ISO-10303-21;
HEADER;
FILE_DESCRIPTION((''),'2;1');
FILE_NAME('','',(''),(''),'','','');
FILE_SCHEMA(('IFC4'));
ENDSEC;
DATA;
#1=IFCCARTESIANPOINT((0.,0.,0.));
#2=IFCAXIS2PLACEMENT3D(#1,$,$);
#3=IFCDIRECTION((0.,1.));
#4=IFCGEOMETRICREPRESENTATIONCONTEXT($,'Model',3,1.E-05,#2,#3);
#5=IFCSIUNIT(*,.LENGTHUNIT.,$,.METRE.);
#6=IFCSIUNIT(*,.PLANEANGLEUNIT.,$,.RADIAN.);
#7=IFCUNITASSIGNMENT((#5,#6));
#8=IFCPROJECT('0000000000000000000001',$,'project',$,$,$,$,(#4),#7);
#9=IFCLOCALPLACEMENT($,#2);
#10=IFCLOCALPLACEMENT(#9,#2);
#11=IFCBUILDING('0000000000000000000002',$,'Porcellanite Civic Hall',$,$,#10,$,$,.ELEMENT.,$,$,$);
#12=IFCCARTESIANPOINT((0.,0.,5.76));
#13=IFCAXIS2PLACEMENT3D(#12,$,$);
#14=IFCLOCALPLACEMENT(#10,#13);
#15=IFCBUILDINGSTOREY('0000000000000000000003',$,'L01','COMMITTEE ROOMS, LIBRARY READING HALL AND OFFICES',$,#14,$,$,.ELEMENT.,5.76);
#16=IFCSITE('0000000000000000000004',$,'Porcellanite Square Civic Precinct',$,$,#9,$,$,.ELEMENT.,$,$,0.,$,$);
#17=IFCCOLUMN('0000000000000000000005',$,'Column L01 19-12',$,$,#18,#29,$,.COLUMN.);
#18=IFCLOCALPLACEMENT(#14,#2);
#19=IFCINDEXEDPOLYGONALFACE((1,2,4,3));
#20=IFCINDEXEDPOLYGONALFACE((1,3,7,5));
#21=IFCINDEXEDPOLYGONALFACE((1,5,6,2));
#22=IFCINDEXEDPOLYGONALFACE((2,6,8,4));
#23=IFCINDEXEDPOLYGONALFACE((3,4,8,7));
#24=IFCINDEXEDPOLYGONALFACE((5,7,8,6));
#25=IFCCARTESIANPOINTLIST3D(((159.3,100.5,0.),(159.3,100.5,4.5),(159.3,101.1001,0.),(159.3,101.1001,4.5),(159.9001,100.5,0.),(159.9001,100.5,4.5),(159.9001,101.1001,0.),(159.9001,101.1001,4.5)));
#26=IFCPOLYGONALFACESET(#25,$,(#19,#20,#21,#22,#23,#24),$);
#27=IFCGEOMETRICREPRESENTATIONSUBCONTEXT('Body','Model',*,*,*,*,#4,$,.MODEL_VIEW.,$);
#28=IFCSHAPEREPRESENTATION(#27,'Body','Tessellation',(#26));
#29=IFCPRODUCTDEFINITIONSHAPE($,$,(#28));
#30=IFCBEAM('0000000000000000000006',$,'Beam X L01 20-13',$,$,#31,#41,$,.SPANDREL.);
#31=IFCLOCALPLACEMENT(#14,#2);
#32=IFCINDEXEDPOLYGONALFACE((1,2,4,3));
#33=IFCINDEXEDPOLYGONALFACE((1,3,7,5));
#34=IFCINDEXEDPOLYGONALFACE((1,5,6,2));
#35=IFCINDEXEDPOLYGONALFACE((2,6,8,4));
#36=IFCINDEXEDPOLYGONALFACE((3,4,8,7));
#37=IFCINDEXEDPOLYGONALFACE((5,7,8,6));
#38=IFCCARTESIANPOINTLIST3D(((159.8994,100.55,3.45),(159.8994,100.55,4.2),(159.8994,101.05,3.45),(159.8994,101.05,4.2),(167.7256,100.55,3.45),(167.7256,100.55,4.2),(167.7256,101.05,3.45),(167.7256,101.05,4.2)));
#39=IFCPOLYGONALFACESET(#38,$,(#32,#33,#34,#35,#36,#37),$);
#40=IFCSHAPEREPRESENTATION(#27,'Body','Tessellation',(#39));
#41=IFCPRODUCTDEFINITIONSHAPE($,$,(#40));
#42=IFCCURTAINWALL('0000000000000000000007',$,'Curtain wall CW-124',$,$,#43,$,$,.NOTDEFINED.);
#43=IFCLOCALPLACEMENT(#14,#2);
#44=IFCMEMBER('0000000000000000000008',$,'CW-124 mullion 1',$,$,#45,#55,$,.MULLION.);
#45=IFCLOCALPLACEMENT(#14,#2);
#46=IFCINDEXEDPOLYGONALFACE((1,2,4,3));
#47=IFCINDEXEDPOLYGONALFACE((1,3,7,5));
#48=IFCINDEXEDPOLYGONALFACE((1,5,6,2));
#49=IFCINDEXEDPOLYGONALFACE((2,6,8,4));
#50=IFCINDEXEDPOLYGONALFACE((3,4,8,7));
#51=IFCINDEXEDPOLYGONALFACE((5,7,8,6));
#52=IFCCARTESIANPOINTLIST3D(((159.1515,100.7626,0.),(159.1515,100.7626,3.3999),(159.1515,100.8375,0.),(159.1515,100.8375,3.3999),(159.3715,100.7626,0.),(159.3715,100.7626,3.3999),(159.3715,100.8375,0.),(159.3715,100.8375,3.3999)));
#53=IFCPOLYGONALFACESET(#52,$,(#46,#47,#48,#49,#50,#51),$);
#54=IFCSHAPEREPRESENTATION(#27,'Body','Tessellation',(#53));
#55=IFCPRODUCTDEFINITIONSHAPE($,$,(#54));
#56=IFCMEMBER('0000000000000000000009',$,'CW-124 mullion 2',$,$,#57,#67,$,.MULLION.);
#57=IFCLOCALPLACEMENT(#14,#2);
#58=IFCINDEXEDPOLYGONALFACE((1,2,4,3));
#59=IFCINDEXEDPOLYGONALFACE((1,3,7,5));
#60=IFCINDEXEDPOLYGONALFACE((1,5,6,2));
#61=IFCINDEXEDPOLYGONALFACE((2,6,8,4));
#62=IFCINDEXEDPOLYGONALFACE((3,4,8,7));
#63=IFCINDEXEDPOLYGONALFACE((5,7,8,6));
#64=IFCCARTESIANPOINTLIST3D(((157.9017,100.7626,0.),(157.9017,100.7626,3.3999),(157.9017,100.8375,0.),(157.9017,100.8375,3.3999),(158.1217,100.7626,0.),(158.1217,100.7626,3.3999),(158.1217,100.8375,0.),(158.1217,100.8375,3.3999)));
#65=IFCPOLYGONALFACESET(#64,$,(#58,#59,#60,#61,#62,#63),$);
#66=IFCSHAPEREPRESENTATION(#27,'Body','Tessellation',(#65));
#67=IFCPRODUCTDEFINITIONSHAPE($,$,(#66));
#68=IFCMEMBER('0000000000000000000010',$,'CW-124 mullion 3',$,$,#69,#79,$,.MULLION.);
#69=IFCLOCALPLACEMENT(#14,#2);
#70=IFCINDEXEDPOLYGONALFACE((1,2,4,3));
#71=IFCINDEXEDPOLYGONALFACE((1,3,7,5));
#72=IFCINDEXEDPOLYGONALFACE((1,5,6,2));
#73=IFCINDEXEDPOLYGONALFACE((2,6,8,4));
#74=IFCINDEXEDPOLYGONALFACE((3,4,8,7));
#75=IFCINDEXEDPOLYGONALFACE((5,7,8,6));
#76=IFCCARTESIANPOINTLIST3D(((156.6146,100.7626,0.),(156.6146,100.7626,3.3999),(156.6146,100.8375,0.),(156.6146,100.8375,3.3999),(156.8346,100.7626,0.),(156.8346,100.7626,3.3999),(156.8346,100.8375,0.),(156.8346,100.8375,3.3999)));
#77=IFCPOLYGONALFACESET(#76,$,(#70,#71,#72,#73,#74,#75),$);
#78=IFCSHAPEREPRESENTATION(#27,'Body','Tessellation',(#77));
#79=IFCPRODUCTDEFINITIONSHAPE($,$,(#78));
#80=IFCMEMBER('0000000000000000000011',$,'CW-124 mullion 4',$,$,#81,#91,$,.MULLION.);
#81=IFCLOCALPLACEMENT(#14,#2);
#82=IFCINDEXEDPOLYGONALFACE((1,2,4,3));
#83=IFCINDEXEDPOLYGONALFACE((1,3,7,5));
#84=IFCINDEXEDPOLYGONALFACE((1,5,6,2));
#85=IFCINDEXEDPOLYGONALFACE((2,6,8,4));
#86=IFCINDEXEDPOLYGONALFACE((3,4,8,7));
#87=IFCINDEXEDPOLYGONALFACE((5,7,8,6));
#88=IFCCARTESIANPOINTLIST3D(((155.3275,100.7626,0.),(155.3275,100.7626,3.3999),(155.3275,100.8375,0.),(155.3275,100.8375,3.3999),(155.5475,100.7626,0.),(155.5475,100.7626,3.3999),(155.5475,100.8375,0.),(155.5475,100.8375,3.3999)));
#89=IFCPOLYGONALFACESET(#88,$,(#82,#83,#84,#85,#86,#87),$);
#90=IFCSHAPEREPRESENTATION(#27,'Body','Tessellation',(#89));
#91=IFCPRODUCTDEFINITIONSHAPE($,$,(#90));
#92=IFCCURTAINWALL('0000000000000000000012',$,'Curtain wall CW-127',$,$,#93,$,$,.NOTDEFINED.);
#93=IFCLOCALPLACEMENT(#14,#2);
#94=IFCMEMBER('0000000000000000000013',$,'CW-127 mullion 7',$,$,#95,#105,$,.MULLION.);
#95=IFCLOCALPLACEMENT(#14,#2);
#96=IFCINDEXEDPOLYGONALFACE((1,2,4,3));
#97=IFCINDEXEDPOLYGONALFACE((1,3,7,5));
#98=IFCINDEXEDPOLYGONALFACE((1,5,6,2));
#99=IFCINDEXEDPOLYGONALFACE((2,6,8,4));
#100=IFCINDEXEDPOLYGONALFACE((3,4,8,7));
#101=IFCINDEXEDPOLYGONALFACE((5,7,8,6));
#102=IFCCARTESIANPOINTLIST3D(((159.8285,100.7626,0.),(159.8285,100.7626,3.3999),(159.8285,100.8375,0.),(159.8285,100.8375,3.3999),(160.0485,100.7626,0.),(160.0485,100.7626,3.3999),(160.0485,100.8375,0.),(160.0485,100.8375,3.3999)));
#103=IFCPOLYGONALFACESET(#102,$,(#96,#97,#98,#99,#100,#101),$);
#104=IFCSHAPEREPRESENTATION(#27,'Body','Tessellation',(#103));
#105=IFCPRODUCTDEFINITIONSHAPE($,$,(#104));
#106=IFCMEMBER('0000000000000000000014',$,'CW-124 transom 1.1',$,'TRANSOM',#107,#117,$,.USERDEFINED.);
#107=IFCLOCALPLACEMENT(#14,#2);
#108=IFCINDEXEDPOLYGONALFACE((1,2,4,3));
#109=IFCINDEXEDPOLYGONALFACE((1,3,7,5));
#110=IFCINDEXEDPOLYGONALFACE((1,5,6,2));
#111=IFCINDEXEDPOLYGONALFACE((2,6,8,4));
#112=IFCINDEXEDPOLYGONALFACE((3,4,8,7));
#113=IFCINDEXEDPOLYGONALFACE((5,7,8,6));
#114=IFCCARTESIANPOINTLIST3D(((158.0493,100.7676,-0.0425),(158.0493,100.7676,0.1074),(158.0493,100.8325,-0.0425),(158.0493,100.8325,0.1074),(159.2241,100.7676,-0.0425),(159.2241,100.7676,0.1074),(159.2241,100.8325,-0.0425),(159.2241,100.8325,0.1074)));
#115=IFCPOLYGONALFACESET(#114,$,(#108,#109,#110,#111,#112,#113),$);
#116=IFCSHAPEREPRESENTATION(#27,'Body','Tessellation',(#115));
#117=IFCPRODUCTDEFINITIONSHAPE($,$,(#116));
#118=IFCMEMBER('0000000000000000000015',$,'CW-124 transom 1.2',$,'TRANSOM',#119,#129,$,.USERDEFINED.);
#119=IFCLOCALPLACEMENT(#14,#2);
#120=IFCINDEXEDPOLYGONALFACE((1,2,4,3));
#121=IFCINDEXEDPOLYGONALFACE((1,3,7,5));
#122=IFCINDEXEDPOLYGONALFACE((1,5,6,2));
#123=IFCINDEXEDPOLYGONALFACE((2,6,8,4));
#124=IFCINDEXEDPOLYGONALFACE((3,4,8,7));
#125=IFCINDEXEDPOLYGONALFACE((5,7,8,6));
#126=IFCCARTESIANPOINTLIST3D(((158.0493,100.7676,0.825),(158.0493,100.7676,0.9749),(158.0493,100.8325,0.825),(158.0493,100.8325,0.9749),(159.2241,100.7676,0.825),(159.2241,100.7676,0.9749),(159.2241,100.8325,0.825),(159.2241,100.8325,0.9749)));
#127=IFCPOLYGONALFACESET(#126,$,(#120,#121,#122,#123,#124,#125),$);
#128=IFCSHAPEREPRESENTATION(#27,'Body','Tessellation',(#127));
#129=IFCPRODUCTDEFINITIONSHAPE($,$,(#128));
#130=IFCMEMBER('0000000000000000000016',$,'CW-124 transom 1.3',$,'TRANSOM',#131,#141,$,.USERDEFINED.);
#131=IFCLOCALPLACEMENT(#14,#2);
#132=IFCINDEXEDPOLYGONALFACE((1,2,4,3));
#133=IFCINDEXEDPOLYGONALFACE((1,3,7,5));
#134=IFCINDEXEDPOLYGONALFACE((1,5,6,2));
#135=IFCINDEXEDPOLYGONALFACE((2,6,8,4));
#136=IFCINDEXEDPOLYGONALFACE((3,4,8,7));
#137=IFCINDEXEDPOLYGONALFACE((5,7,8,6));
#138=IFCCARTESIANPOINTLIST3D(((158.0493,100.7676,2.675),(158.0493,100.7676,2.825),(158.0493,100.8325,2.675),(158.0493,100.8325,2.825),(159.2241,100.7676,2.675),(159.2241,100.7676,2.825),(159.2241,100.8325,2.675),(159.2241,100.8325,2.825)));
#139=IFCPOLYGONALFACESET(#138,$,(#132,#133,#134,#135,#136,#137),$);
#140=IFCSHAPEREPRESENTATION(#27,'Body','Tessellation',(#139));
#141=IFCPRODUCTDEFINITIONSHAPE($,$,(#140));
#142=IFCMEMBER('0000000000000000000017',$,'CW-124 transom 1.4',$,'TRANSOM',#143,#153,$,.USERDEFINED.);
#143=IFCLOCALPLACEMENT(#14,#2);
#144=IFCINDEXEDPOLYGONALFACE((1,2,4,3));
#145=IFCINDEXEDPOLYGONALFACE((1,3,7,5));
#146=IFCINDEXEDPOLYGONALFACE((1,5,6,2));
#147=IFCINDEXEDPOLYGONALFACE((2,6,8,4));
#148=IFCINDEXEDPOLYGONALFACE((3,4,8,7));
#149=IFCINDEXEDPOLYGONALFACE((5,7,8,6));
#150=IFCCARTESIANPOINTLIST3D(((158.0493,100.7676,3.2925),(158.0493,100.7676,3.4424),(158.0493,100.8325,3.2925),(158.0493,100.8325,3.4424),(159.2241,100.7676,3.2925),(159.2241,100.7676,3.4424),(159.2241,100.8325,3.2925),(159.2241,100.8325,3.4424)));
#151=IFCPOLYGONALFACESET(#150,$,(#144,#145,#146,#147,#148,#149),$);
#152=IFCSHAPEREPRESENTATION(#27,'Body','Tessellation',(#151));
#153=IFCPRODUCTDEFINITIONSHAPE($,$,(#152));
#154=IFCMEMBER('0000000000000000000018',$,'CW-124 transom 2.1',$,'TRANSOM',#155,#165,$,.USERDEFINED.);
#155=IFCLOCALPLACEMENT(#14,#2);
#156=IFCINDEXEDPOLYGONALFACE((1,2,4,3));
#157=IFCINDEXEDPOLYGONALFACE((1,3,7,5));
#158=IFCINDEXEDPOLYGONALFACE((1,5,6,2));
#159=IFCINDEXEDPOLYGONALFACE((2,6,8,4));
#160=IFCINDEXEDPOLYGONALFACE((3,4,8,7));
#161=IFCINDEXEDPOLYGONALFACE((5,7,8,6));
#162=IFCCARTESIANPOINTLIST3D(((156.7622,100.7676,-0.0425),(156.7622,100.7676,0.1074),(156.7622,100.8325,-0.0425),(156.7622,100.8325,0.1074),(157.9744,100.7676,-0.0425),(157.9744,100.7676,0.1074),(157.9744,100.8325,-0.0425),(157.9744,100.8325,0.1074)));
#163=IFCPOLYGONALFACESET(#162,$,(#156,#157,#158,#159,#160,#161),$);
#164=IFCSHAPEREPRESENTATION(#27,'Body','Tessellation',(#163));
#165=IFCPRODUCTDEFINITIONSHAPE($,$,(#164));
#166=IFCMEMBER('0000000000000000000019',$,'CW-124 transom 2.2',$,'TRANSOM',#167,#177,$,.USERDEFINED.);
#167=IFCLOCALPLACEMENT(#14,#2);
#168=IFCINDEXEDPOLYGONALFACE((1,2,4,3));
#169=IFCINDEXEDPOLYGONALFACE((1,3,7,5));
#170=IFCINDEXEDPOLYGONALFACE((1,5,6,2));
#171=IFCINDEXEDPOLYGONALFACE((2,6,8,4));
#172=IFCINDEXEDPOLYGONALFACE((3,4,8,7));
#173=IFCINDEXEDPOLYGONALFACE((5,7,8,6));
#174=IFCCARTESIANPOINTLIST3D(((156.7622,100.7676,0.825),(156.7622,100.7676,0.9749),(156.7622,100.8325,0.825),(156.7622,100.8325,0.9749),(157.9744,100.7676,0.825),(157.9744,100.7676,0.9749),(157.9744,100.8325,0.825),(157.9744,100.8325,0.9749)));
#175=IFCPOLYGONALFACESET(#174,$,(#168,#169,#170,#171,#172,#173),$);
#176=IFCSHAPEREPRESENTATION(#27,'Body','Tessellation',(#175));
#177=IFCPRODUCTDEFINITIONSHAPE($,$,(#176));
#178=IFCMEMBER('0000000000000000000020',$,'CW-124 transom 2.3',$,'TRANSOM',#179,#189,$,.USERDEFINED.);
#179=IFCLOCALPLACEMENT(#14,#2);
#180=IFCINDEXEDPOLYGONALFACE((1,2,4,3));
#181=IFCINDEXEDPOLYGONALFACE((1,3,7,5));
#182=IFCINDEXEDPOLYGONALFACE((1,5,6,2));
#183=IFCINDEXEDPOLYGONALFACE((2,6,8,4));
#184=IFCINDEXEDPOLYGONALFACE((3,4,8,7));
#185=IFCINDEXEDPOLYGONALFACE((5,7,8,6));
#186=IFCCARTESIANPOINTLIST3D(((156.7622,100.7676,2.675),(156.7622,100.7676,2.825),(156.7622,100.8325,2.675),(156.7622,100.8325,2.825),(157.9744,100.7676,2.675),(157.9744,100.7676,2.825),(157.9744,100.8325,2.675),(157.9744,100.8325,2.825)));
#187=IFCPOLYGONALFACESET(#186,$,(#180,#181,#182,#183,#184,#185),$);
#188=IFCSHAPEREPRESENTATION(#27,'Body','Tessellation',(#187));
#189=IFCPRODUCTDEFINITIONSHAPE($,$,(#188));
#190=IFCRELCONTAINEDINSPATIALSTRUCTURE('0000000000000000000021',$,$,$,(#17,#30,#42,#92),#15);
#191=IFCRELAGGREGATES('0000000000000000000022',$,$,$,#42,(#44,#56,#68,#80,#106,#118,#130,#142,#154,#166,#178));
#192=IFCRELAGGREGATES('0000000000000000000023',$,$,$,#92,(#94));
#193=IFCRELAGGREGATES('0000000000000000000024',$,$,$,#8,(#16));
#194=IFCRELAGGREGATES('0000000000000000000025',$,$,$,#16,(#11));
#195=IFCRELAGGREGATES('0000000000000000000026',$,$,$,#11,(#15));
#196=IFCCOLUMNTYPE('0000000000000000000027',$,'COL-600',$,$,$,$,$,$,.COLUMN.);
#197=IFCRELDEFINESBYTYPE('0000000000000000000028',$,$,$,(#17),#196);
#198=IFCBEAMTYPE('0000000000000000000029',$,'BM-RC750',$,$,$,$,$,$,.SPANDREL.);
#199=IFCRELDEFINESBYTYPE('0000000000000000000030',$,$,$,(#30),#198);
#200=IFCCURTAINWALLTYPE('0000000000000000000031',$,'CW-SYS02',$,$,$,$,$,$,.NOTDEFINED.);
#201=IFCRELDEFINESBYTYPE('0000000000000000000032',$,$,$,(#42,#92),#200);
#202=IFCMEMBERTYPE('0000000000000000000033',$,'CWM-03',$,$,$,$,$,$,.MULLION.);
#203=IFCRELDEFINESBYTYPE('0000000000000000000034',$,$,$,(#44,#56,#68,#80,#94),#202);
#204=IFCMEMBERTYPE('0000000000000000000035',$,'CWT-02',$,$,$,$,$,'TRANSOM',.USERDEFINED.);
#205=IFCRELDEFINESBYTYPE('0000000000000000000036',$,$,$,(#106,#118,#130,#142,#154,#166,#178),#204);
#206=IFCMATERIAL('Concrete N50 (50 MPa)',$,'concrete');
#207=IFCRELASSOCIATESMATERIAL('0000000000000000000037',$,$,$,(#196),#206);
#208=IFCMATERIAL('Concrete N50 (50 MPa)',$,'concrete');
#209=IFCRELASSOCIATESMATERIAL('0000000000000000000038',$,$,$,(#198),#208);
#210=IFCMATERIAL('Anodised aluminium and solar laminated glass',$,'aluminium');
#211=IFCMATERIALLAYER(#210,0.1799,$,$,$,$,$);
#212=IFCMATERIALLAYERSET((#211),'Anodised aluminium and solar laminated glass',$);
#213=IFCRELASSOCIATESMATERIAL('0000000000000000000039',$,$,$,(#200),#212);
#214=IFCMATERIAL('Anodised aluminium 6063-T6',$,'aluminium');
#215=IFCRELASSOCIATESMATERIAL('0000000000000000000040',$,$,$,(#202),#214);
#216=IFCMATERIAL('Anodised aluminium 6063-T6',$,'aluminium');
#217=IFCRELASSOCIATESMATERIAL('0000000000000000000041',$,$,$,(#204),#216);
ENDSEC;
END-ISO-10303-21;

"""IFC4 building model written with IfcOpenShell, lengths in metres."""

from ifc_helpers import new_model, si_unit, direction, frame, origin, origin_2d, place, context, subcontext, project, spatial, rectangle, extrude, material, layer, layer_set, material_profile, profile_set, type_object, element, aggregate, save


model = new_model("IFC4")

# Units and contexts
model_context = context("Model", 3, precision=1e-05, world=origin(), true_north=direction((0.0, 1.0)))
body_context = subcontext(model_context, "Body", "Model", "MODEL_VIEW")
ifc_project = project(units=[si_unit("LENGTHUNIT", "METRE"), si_unit("PLANEANGLEUNIT", "RADIAN")], contexts=[model_context])

# Site, building, storey
site_placement = place(None, origin())
site = spatial("IfcSite", under=ifc_project, at=site_placement, Name="Porcellanite Square Civic Precinct", CompositionType="ELEMENT", RefElevation=0.0)
building_placement = place(site_placement, origin())
building = spatial("IfcBuilding", under=site, at=building_placement, Name="Porcellanite Civic Hall", CompositionType="ELEMENT")
storey_placement = place(building_placement, frame((0.0, 0.0, 5.76)))
storey = spatial("IfcBuildingStorey", under=building, at=storey_placement, Name="L01", Description="COMMITTEE ROOMS, LIBRARY READING HALL AND OFFICES", CompositionType="ELEMENT", Elevation=5.76)

# Column
ifc_material_1 = material(Name="Concrete N50 (50 MPa)", Category="concrete")
ifc_material_profile_1 = material_profile(ifc_material_1, rectangle(XDim=0.6001, YDim=0.6001, at=origin_2d()), Name="RC-600x600")
ifc_profile_set_1 = profile_set([ifc_material_profile_1], Name="Concrete N50 (50 MPa)")
column_type = type_object("IfcColumnType", Name="COL-600", PredefinedType="COLUMN", material=ifc_profile_set_1)
column_placement = place(storey_placement, frame((159.6001, 100.8, 0.0), z_axis=(0.0, 0.0, 1.0), x_axis=(1.0, 0.0, 0.0)))
element("IfcColumn", 1, at=column_placement, inside=storey, type_object=column_type, Name="Column L01 19-12", PredefinedType="COLUMN", context=body_context, shape_type="SweptSolid", body=[
    extrude(rectangle(XDim=0.6001, YDim=0.6001, at=origin_2d()), origin(), (0.0, 0.0, 1.0), 4.5),
])

# Beam
ifc_material_2 = material(Name="Concrete N50 (50 MPa)", Category="concrete")
ifc_material_profile_2 = material_profile(ifc_material_2, rectangle(XDim=0.5, YDim=0.75, at=origin_2d()), Name="RC-500x750")
ifc_profile_set_2 = profile_set([ifc_material_profile_2], Name="Concrete N50 (50 MPa)")
beam_type = type_object("IfcBeamType", Name="BM-RC750", PredefinedType="SPANDREL", material=ifc_profile_set_2)
beam_placement = place(storey_placement, frame((159.8994, 100.8, 3.825), z_axis=(1.0, 0.0, 0.0), x_axis=(0.0, 1.0, 0.0)))
element("IfcBeam", 2, at=beam_placement, inside=storey, type_object=beam_type, Name="Beam X L01 20-13", PredefinedType="SPANDREL", context=body_context, shape_type="SweptSolid", body=[
    extrude(rectangle(XDim=0.5, YDim=0.75, at=origin_2d()), origin(), (0.0, 0.0, 1.0), 7.8262),
])

# Curtain wall, members
ifc_material_3 = material(Name="Anodised aluminium and solar laminated glass", Category="aluminium")
ifc_layer_1 = layer(ifc_material_3, 0.1799)
ifc_layer_set_1 = layer_set([ifc_layer_1], Name="Anodised aluminium and solar laminated glass")
curtain_wall_type = type_object("IfcCurtainWallType", Name="CW-SYS02", PredefinedType="NOTDEFINED", material=ifc_layer_set_1)
curtain_wall_1_placement = place(storey_placement, origin())
curtain_wall_1 = element("IfcCurtainWall", 3, at=curtain_wall_1_placement, inside=storey, type_object=curtain_wall_type, Name="Curtain wall CW-124", PredefinedType="NOTDEFINED")
ifc_material_4 = material(Name="Anodised aluminium 6063-T6", Category="aluminium")
ifc_material_profile_3 = material_profile(ifc_material_4, rectangle(XDim=0.075, YDim=0.22, at=origin_2d()), Name="AL-75x220")
ifc_profile_set_3 = profile_set([ifc_material_profile_3], Name="Anodised aluminium 6063-T6")
member_type_1 = type_object("IfcMemberType", Name="CWM-03", PredefinedType="MULLION", material=ifc_profile_set_3)
member_1_placement = place(storey_placement, frame((159.2615, 100.8, 0.0), z_axis=(0.0, 0.0, 1.0), x_axis=(0.0, -1.0, 0.0)))
member_1 = element("IfcMember", 4, at=member_1_placement, type_object=member_type_1, Name="CW-124 mullion 1", PredefinedType="MULLION", context=body_context, shape_type="SweptSolid", body=[
    extrude(rectangle(XDim=0.075, YDim=0.22, at=origin_2d()), origin(), (0.0, 0.0, 1.0), 3.3999),
])
member_2_placement = place(storey_placement, frame((158.0117, 100.8, 0.0), z_axis=(0.0, 0.0, 1.0), x_axis=(0.0, -1.0, 0.0)))
member_2 = element("IfcMember", 5, at=member_2_placement, type_object=member_type_1, Name="CW-124 mullion 2", PredefinedType="MULLION", context=body_context, shape_type="SweptSolid", body=[
    extrude(rectangle(XDim=0.075, YDim=0.22, at=origin_2d()), origin(), (0.0, 0.0, 1.0), 3.3999),
])
member_3_placement = place(storey_placement, frame((156.7246, 100.8, 0.0), z_axis=(0.0, 0.0, 1.0), x_axis=(0.0, -1.0, 0.0)))
member_3 = element("IfcMember", 6, at=member_3_placement, type_object=member_type_1, Name="CW-124 mullion 3", PredefinedType="MULLION", context=body_context, shape_type="SweptSolid", body=[
    extrude(rectangle(XDim=0.075, YDim=0.22, at=origin_2d()), origin(), (0.0, 0.0, 1.0), 3.3999),
])
member_4_placement = place(storey_placement, frame((155.4375, 100.8, 0.0), z_axis=(0.0, 0.0, 1.0), x_axis=(0.0, -1.0, 0.0)))
member_4 = element("IfcMember", 7, at=member_4_placement, type_object=member_type_1, Name="CW-124 mullion 4", PredefinedType="MULLION", context=body_context, shape_type="SweptSolid", body=[
    extrude(rectangle(XDim=0.075, YDim=0.22, at=origin_2d()), origin(), (0.0, 0.0, 1.0), 3.3999),
])

# Curtain wall, member
curtain_wall_2_placement = place(storey_placement, origin())
curtain_wall_2 = element("IfcCurtainWall", 8, at=curtain_wall_2_placement, inside=storey, type_object=curtain_wall_type, Name="Curtain wall CW-127", PredefinedType="NOTDEFINED")
member_5_placement = place(storey_placement, frame((159.9385, 100.8, 0.0), z_axis=(0.0, 0.0, 1.0), x_axis=(0.0, -1.0, 0.0)))
member_5 = element("IfcMember", 9, at=member_5_placement, type_object=member_type_1, Name="CW-127 mullion 7", PredefinedType="MULLION", context=body_context, shape_type="SweptSolid", body=[
    extrude(rectangle(XDim=0.075, YDim=0.22, at=origin_2d()), origin(), (0.0, 0.0, 1.0), 3.3999),
])

# Members
ifc_material_5 = material(Name="Anodised aluminium 6063-T6", Category="aluminium")
ifc_material_profile_4 = material_profile(ifc_material_5, rectangle(XDim=0.0649, YDim=0.1499, at=origin_2d()), Name="AL-65x150")
ifc_profile_set_4 = profile_set([ifc_material_profile_4], Name="Anodised aluminium 6063-T6")
member_type_2 = type_object("IfcMemberType", Name="CWT-02", ElementType="TRANSOM", PredefinedType="USERDEFINED", material=ifc_profile_set_4)
member_6_placement = place(storey_placement, frame((159.2241, 100.8, 0.0325), z_axis=(-1.0, 0.0, 0.0), x_axis=(0.0, -1.0, 0.0)))
member_6 = element("IfcMember", 10, at=member_6_placement, type_object=member_type_2, Name="CW-124 transom 1.1", ObjectType="TRANSOM", PredefinedType="USERDEFINED", context=body_context, shape_type="SweptSolid", body=[
    extrude(rectangle(XDim=0.0649, YDim=0.1499, at=origin_2d()), origin(), (0.0, 0.0, 1.0), 1.1748),
])
member_7_placement = place(storey_placement, frame((159.2241, 100.8, 0.8999), z_axis=(-1.0, 0.0, 0.0), x_axis=(0.0, -1.0, 0.0)))
member_7 = element("IfcMember", 11, at=member_7_placement, type_object=member_type_2, Name="CW-124 transom 1.2", ObjectType="TRANSOM", PredefinedType="USERDEFINED", context=body_context, shape_type="SweptSolid", body=[
    extrude(rectangle(XDim=0.0649, YDim=0.1499, at=origin_2d()), origin(), (0.0, 0.0, 1.0), 1.1748),
])
member_8_placement = place(storey_placement, frame((159.2241, 100.8, 2.75), z_axis=(-1.0, 0.0, 0.0), x_axis=(0.0, -1.0, 0.0)))
member_8 = element("IfcMember", 12, at=member_8_placement, type_object=member_type_2, Name="CW-124 transom 1.3", ObjectType="TRANSOM", PredefinedType="USERDEFINED", context=body_context, shape_type="SweptSolid", body=[
    extrude(rectangle(XDim=0.0649, YDim=0.1499, at=origin_2d()), origin(), (0.0, 0.0, 1.0), 1.1748),
])
member_9_placement = place(storey_placement, frame((159.2241, 100.8, 3.3674), z_axis=(-1.0, 0.0, 0.0), x_axis=(0.0, -1.0, 0.0)))
member_9 = element("IfcMember", 13, at=member_9_placement, type_object=member_type_2, Name="CW-124 transom 1.4", ObjectType="TRANSOM", PredefinedType="USERDEFINED", context=body_context, shape_type="SweptSolid", body=[
    extrude(rectangle(XDim=0.0649, YDim=0.1499, at=origin_2d()), origin(), (0.0, 0.0, 1.0), 1.1748),
])
member_10_placement = place(storey_placement, frame((157.9744, 100.8, 0.0325), z_axis=(-1.0, 0.0, 0.0), x_axis=(0.0, -1.0, 0.0)))
member_10 = element("IfcMember", 14, at=member_10_placement, type_object=member_type_2, Name="CW-124 transom 2.1", ObjectType="TRANSOM", PredefinedType="USERDEFINED", context=body_context, shape_type="SweptSolid", body=[
    extrude(rectangle(XDim=0.0649, YDim=0.1499, at=origin_2d()), origin(), (0.0, 0.0, 1.0), 1.2122),
])
member_11_placement = place(storey_placement, frame((157.9744, 100.8, 0.8999), z_axis=(-1.0, 0.0, 0.0), x_axis=(0.0, -1.0, 0.0)))
member_11 = element("IfcMember", 15, at=member_11_placement, type_object=member_type_2, Name="CW-124 transom 2.2", ObjectType="TRANSOM", PredefinedType="USERDEFINED", context=body_context, shape_type="SweptSolid", body=[
    extrude(rectangle(XDim=0.0649, YDim=0.1499, at=origin_2d()), origin(), (0.0, 0.0, 1.0), 1.2122),
])
member_12_placement = place(storey_placement, frame((157.9744, 100.8, 2.75), z_axis=(-1.0, 0.0, 0.0), x_axis=(0.0, -1.0, 0.0)))
member_12 = element("IfcMember", 16, at=member_12_placement, type_object=member_type_2, Name="CW-124 transom 2.3", ObjectType="TRANSOM", PredefinedType="USERDEFINED", context=body_context, shape_type="SweptSolid", body=[
    extrude(rectangle(XDim=0.0649, YDim=0.1499, at=origin_2d()), origin(), (0.0, 0.0, 1.0), 1.2122),
])

aggregate(curtain_wall_1, [member_1, member_2, member_3, member_4, member_6, member_7, member_8, member_9, member_10, member_11, member_12])
aggregate(curtain_wall_2, [member_5])

save(model, "model.ifc")
